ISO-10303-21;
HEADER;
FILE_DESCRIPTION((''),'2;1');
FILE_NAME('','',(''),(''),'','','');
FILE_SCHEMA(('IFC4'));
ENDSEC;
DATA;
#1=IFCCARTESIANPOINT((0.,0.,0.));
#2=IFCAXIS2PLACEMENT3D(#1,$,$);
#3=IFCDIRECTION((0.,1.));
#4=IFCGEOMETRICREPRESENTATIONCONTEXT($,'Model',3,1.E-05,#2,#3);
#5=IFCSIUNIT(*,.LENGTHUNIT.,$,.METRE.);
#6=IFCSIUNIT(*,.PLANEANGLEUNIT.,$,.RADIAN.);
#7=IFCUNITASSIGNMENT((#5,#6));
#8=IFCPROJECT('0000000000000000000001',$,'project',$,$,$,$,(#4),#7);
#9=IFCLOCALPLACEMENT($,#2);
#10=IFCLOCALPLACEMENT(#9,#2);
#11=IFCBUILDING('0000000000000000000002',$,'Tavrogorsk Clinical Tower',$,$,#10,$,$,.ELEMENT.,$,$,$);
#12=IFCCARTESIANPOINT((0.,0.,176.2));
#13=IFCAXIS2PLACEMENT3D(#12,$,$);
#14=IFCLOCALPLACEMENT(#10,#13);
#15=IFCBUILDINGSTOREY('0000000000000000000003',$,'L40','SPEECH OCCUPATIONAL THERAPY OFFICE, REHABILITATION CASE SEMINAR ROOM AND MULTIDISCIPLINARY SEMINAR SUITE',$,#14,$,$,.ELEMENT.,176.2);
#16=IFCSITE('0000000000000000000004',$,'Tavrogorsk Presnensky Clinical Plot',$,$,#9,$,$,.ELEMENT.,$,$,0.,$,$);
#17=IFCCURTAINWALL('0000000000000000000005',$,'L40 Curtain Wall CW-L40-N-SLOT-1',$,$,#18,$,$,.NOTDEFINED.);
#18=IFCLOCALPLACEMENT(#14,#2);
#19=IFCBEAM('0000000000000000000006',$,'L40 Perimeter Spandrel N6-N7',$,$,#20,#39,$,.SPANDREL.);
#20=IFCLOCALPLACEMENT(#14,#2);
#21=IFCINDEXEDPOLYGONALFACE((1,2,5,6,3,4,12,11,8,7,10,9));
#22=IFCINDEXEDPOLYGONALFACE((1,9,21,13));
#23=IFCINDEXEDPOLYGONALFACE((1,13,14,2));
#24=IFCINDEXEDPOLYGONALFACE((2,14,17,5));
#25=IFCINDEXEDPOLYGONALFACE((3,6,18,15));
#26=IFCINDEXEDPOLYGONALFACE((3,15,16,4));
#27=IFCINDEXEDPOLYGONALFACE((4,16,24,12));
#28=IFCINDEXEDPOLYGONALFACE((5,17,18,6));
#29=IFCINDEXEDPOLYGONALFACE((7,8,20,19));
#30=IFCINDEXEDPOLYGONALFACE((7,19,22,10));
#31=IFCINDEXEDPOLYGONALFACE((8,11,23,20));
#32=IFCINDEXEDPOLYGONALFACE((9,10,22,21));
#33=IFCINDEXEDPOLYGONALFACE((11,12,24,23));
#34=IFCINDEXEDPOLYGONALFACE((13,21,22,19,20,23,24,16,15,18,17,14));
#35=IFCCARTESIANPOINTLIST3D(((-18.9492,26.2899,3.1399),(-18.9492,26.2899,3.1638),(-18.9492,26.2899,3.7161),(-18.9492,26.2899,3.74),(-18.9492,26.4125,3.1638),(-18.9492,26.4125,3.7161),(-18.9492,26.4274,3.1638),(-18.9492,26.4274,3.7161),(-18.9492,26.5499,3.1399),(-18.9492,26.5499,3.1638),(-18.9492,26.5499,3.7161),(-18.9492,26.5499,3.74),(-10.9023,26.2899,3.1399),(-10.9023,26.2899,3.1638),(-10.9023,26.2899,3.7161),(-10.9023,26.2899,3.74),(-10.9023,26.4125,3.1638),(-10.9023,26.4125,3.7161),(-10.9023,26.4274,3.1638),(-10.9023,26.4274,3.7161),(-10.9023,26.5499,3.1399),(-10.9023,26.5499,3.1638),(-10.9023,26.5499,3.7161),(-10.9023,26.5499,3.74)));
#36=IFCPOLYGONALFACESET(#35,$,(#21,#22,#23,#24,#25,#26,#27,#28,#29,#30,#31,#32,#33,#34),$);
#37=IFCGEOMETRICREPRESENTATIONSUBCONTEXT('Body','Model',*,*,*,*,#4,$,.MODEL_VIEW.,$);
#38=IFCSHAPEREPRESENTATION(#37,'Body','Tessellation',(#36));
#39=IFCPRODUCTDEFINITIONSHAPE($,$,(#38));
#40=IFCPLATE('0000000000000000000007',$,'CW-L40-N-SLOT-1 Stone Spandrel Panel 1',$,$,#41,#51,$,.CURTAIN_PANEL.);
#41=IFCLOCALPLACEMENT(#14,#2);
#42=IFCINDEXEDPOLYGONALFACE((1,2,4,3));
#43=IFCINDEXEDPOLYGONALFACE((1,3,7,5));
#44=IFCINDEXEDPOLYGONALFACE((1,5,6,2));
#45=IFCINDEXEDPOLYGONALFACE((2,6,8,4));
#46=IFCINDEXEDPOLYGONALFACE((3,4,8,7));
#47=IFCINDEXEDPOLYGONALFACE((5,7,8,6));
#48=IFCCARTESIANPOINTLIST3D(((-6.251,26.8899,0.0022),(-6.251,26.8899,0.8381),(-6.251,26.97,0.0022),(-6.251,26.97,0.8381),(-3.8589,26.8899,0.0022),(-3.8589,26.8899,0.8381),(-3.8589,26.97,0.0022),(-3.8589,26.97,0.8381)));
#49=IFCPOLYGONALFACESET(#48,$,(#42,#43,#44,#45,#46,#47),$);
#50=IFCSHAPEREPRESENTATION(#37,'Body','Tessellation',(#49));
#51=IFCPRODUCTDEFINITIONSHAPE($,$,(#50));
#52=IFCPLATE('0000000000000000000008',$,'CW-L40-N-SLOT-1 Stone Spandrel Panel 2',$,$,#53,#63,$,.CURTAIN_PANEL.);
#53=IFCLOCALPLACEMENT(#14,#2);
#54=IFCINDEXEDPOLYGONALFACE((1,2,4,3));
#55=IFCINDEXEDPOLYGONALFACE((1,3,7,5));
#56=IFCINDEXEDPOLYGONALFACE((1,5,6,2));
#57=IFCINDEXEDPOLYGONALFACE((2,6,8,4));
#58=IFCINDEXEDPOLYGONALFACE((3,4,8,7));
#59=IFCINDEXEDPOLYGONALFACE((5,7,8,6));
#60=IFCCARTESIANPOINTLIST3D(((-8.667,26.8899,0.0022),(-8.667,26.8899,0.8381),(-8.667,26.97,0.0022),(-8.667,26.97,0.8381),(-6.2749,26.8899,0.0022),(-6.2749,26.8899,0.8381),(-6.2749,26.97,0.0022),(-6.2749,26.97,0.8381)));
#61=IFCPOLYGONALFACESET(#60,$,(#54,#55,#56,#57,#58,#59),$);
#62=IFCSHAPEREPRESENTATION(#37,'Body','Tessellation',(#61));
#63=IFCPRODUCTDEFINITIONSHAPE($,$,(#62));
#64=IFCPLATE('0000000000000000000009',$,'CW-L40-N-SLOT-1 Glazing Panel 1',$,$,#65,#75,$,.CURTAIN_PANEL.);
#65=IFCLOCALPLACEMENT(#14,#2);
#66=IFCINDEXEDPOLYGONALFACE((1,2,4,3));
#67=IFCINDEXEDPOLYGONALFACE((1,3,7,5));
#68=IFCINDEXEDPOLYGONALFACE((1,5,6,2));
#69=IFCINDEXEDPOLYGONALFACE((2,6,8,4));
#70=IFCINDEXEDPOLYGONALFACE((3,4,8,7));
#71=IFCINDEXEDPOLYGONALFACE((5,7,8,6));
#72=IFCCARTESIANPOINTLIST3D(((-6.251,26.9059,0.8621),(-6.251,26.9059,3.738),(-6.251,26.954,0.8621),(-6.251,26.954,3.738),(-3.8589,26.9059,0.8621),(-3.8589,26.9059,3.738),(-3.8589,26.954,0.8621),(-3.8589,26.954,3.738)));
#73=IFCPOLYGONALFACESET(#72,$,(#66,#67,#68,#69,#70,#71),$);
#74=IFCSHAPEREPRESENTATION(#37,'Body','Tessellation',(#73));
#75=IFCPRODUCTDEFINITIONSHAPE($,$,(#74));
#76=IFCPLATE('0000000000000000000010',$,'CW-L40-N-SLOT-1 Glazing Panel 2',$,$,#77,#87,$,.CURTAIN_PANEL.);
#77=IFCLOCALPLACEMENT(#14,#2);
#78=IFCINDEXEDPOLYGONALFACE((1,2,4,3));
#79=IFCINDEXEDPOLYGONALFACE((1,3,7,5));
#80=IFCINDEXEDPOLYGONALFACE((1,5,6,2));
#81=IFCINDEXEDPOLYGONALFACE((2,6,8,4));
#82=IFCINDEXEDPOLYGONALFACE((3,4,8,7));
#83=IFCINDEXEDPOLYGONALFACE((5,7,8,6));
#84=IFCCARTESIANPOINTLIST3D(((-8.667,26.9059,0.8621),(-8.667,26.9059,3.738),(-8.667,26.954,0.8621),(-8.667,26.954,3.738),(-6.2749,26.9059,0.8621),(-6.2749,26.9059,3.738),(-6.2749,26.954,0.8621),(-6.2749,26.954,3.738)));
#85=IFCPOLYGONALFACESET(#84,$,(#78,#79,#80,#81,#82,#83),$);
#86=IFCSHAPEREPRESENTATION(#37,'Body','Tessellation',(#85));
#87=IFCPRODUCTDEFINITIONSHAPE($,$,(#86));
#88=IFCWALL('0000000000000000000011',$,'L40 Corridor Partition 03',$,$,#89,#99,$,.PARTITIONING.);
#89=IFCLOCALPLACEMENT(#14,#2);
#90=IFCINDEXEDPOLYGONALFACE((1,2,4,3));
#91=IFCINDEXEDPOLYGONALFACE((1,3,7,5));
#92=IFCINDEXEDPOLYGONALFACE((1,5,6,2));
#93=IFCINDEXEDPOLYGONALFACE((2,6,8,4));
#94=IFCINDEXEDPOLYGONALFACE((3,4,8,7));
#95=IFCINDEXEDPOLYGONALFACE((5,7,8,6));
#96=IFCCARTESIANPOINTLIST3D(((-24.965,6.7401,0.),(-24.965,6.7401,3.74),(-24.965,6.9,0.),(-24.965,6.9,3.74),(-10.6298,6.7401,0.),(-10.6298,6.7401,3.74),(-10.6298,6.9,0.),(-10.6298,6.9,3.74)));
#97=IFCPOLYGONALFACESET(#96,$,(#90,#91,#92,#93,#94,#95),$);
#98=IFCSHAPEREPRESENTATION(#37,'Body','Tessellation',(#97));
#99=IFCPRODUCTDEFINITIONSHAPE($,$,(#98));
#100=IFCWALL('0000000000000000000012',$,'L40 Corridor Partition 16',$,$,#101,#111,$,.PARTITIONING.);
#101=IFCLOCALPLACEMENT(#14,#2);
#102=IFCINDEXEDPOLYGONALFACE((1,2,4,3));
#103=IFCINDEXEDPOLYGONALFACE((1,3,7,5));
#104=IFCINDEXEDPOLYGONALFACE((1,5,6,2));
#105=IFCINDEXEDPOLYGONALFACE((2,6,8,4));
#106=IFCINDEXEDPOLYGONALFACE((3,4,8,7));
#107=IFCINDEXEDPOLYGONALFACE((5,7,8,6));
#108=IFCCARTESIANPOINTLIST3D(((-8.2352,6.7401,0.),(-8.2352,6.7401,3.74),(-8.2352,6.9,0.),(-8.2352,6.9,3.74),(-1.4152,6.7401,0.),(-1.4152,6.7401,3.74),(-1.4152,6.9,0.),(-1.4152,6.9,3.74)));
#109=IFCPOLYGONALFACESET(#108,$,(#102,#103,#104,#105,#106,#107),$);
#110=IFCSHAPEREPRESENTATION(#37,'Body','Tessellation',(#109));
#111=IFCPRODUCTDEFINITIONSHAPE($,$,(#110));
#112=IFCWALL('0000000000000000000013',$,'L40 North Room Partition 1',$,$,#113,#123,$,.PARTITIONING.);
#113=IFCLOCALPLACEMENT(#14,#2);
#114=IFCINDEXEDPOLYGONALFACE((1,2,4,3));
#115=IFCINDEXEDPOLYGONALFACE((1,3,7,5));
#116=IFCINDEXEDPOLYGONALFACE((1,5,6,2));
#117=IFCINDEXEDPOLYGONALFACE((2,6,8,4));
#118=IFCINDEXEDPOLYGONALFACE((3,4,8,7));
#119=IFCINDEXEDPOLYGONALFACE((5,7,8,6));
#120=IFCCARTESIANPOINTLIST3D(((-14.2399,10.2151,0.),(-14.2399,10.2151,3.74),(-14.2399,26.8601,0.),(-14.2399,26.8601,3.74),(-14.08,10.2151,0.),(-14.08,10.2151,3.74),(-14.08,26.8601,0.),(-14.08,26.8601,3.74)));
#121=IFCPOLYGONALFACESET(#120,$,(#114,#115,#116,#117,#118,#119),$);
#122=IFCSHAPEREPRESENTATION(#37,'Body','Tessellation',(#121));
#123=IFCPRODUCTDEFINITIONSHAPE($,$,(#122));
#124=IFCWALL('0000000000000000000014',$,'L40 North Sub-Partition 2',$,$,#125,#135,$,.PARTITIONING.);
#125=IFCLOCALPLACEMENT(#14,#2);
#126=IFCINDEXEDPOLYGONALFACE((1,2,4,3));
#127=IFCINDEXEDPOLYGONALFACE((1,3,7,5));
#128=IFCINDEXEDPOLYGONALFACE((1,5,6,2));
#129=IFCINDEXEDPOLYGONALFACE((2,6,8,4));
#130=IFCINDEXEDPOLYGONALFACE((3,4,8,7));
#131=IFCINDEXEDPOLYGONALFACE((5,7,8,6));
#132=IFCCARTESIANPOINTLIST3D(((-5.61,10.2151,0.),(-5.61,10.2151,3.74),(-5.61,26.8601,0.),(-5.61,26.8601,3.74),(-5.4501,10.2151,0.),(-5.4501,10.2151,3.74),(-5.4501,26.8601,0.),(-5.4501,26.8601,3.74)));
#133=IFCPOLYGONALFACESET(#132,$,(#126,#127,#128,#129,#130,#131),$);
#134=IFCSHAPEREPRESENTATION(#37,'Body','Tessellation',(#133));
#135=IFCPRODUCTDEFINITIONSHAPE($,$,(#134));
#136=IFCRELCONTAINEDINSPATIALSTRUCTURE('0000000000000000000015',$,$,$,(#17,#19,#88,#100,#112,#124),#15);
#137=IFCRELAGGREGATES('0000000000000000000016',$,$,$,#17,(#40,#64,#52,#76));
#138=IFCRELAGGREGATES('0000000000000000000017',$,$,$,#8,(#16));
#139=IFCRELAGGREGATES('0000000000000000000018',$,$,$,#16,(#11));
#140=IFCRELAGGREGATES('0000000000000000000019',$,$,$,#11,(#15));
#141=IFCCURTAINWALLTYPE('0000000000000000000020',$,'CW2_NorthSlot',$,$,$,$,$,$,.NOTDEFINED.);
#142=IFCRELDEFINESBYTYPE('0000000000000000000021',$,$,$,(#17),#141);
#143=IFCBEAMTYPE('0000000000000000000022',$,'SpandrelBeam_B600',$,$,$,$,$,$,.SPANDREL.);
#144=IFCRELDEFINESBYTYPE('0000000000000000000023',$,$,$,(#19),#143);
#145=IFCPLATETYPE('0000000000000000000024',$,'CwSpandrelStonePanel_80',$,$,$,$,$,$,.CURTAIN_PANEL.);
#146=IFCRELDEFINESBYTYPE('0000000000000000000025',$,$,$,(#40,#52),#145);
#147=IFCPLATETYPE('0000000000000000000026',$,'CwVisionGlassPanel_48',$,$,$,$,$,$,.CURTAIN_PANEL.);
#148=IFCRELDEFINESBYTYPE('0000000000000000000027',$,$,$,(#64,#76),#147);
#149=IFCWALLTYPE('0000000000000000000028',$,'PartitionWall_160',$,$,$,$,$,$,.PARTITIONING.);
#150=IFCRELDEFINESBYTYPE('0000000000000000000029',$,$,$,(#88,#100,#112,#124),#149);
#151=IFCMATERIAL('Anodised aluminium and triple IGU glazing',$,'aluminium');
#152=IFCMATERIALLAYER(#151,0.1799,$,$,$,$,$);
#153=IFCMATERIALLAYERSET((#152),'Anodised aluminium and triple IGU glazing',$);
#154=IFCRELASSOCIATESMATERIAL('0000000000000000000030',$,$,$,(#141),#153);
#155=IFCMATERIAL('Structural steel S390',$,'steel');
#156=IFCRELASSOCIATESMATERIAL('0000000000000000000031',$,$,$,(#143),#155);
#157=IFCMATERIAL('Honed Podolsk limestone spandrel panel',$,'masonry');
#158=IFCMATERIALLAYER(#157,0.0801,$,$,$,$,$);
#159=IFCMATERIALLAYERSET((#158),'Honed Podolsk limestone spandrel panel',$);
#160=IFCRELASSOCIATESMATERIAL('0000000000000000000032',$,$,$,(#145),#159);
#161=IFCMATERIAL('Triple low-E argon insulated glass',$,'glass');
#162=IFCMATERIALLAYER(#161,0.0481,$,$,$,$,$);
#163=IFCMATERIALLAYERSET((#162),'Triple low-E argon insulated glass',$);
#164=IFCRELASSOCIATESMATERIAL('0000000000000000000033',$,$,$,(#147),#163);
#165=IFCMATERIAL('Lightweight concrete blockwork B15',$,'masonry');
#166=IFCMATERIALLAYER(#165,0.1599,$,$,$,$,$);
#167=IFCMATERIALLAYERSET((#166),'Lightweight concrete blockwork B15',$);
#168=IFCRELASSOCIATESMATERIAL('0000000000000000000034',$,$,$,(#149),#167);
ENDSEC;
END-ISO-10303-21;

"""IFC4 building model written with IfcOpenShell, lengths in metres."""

from ifc_helpers import new_model, si_unit, direction, frame, frame_2d, origin, origin_2d, place, context, subcontext, project, spatial, rectangle, i_section, extrude, material, layer, layer_set, material_profile, profile_set, type_object, element, aggregate, save


model = new_model("IFC4")

# Units and contexts
model_context = context("Model", 3, precision=1e-05, world=origin(), true_north=direction((0.0, 1.0)))
body_context = subcontext(model_context, "Body", "Model", "MODEL_VIEW")
ifc_project = project(units=[si_unit("LENGTHUNIT", "METRE"), si_unit("PLANEANGLEUNIT", "RADIAN")], contexts=[model_context])

# Site, building, storey
site_placement = place(None, origin())
site = spatial("IfcSite", under=ifc_project, at=site_placement, Name="Tavrogorsk Presnensky Clinical Plot", CompositionType="ELEMENT", RefElevation=0.0)
building_placement = place(site_placement, origin())
building = spatial("IfcBuilding", under=site, at=building_placement, Name="Tavrogorsk Clinical Tower", CompositionType="ELEMENT")
storey_placement = place(building_placement, frame((0.0, 0.0, 176.2)))
storey = spatial("IfcBuildingStorey", under=building, at=storey_placement, Name="L40", Description="SPEECH OCCUPATIONAL THERAPY OFFICE, REHABILITATION CASE SEMINAR ROOM AND MULTIDISCIPLINARY SEMINAR SUITE", CompositionType="ELEMENT", Elevation=176.2)

# Curtain wall
ifc_material_1 = material(Name="Anodised aluminium and triple IGU glazing", Category="aluminium")
ifc_layer_1 = layer(ifc_material_1, 0.1799)
ifc_layer_set_1 = layer_set([ifc_layer_1], Name="Anodised aluminium and triple IGU glazing")
curtain_wall_type = type_object("IfcCurtainWallType", Name="CW2_NorthSlot", PredefinedType="NOTDEFINED", material=ifc_layer_set_1)
curtain_wall_placement = place(storey_placement, origin())
curtain_wall = element("IfcCurtainWall", 1, at=curtain_wall_placement, inside=storey, type_object=curtain_wall_type, Name="L40 Curtain Wall CW-L40-N-SLOT-1", PredefinedType="NOTDEFINED")

# Beam
ifc_material_2 = material(Name="Structural steel S390", Category="steel")
ifc_material_profile_1 = material_profile(ifc_material_2, i_section(OverallWidth=0.26, OverallDepth=0.6001, WebThickness=0.0149, FlangeThickness=0.0239, at=origin_2d()), Name="B-600x260x15x24")
ifc_profile_set_1 = profile_set([ifc_material_profile_1], Name="Structural steel S390")
beam_type_1 = type_object("IfcBeamType", Name="SpandrelBeam_B600", PredefinedType="SPANDREL", material=ifc_profile_set_1)
for number, where, z_axis, x_axis, name in (
    (2, (-10.9023, 26.4199, 3.4399), (-1.0, 0.0, 0.0), (0.0, -1.0, 0.0), "L40 Perimeter Spandrel N6-N7"),
):
    element("IfcBeam", number, at=place(storey_placement, frame(where, z_axis=z_axis, x_axis=x_axis)), inside=storey, type_object=beam_type_1, Name=name, PredefinedType="SPANDREL", context=body_context, shape_type="SweptSolid", body=[
        extrude(i_section(OverallWidth=0.26, OverallDepth=0.6001, WebThickness=0.0149, FlangeThickness=0.0239, at=origin_2d()), origin(), (0.0, 0.0, 1.0), 8.0469),
    ])

# Plates
ifc_material_3 = material(Name="Honed Podolsk limestone spandrel panel", Category="masonry")
ifc_layer_2 = layer(ifc_material_3, 0.0801)
ifc_layer_set_2 = layer_set([ifc_layer_2], Name="Honed Podolsk limestone spandrel panel")
plate_type_1 = type_object("IfcPlateType", Name="CwSpandrelStonePanel_80", PredefinedType="CURTAIN_PANEL", material=ifc_layer_set_2)
plate_1_placement = place(storey_placement, frame((-5.0549, 26.9299, 0.0022), z_axis=(0.0, 0.0, 1.0), x_axis=(-1.0, 0.0, 0.0)))
plate_1 = element("IfcPlate", 3, at=plate_1_placement, type_object=plate_type_1, Name="CW-L40-N-SLOT-1 Stone Spandrel Panel 1", PredefinedType="CURTAIN_PANEL", context=body_context, shape_type="SweptSolid", body=[
    extrude(rectangle(XDim=2.3921, YDim=0.0801, at=origin_2d()), origin(), (0.0, 0.0, 1.0), 0.8359),
])
plate_2_placement = place(storey_placement, frame((-7.4709, 26.9299, 0.0022), z_axis=(0.0, 0.0, 1.0), x_axis=(-1.0, 0.0, 0.0)))
plate_2 = element("IfcPlate", 4, at=plate_2_placement, type_object=plate_type_1, Name="CW-L40-N-SLOT-1 Stone Spandrel Panel 2", PredefinedType="CURTAIN_PANEL", context=body_context, shape_type="SweptSolid", body=[
    extrude(rectangle(XDim=2.3921, YDim=0.0801, at=origin_2d()), origin(), (0.0, 0.0, 1.0), 0.8359),
])
ifc_material_4 = material(Name="Triple low-E argon insulated glass", Category="glass")
ifc_layer_3 = layer(ifc_material_4, 0.0481)
ifc_layer_set_3 = layer_set([ifc_layer_3], Name="Triple low-E argon insulated glass")
plate_type_2 = type_object("IfcPlateType", Name="CwVisionGlassPanel_48", PredefinedType="CURTAIN_PANEL", material=ifc_layer_set_3)
plate_3_placement = place(storey_placement, frame((-5.0549, 26.9299, 0.8621), z_axis=(0.0, 0.0, 1.0), x_axis=(-1.0, 0.0, 0.0)))
plate_3 = element("IfcPlate", 5, at=plate_3_placement, type_object=plate_type_2, Name="CW-L40-N-SLOT-1 Glazing Panel 1", PredefinedType="CURTAIN_PANEL", context=body_context, shape_type="SweptSolid", body=[
    extrude(rectangle(XDim=2.3921, YDim=0.0481, at=origin_2d()), origin(), (0.0, 0.0, 1.0), 2.876),
])
plate_4_placement = place(storey_placement, frame((-7.4709, 26.9299, 0.8621), z_axis=(0.0, 0.0, 1.0), x_axis=(-1.0, 0.0, 0.0)))
plate_4 = element("IfcPlate", 6, at=plate_4_placement, type_object=plate_type_2, Name="CW-L40-N-SLOT-1 Glazing Panel 2", PredefinedType="CURTAIN_PANEL", context=body_context, shape_type="SweptSolid", body=[
    extrude(rectangle(XDim=2.3921, YDim=0.0481, at=origin_2d()), origin(), (0.0, 0.0, 1.0), 2.876),
])
aggregate(curtain_wall, [plate_1, plate_3, plate_2, plate_4])

# Walls
ifc_material_5 = material(Name="Lightweight concrete blockwork B15", Category="masonry")
ifc_layer_4 = layer(ifc_material_5, 0.1599)
ifc_layer_set_4 = layer_set([ifc_layer_4], Name="Lightweight concrete blockwork B15")
wall_type_1 = type_object("IfcWallType", Name="PartitionWall_160", PredefinedType="PARTITIONING", material=ifc_layer_set_4)
wall_1_placement = place(storey_placement, frame((-10.6299, 6.8201, 0.0), z_axis=(0.0, 0.0, 1.0), x_axis=(-1.0, 0.0, 0.0)))
element("IfcWall", 7, at=wall_1_placement, inside=storey, type_object=wall_type_1, Name="L40 Corridor Partition 03", PredefinedType="PARTITIONING", context=body_context, shape_type="SweptSolid", body=[
    extrude(rectangle(XDim=14.3352, YDim=0.1599, at=frame_2d((7.1675, 0.0))), origin(), (0.0, 0.0, 1.0), 3.74),
])
wall_2_placement = place(storey_placement, frame((-1.415, 6.8201, 0.0), z_axis=(0.0, 0.0, 1.0), x_axis=(-1.0, 0.0, 0.0)))
element("IfcWall", 8, at=wall_2_placement, inside=storey, type_object=wall_type_1, Name="L40 Corridor Partition 16", PredefinedType="PARTITIONING", context=body_context, shape_type="SweptSolid", body=[
    extrude(rectangle(XDim=6.8201, YDim=0.1599, at=frame_2d((3.4102, 0.0))), origin(), (0.0, 0.0, 1.0), 3.74),
])
for number, where, z_axis, x_axis, name in (
    (9, (-14.1599, 10.2151, 0.0), (0.0, 0.0, 1.0), (0.0, 1.0, 0.0), "L40 North Room Partition 1"),
    (10, (-5.53, 10.2151, 0.0), (0.0, 0.0, 1.0), (0.0, 1.0, 0.0), "L40 North Sub-Partition 2"),
):
    element("IfcWall", number, at=place(storey_placement, frame(where, z_axis=z_axis, x_axis=x_axis)), inside=storey, type_object=wall_type_1, Name=name, PredefinedType="PARTITIONING", context=body_context, shape_type="SweptSolid", body=[
        extrude(rectangle(XDim=16.645, YDim=0.1599, at=frame_2d((8.3225, 0.0))), origin(), (0.0, 0.0, 1.0), 3.74),
    ])

save(model, "model.ifc")
